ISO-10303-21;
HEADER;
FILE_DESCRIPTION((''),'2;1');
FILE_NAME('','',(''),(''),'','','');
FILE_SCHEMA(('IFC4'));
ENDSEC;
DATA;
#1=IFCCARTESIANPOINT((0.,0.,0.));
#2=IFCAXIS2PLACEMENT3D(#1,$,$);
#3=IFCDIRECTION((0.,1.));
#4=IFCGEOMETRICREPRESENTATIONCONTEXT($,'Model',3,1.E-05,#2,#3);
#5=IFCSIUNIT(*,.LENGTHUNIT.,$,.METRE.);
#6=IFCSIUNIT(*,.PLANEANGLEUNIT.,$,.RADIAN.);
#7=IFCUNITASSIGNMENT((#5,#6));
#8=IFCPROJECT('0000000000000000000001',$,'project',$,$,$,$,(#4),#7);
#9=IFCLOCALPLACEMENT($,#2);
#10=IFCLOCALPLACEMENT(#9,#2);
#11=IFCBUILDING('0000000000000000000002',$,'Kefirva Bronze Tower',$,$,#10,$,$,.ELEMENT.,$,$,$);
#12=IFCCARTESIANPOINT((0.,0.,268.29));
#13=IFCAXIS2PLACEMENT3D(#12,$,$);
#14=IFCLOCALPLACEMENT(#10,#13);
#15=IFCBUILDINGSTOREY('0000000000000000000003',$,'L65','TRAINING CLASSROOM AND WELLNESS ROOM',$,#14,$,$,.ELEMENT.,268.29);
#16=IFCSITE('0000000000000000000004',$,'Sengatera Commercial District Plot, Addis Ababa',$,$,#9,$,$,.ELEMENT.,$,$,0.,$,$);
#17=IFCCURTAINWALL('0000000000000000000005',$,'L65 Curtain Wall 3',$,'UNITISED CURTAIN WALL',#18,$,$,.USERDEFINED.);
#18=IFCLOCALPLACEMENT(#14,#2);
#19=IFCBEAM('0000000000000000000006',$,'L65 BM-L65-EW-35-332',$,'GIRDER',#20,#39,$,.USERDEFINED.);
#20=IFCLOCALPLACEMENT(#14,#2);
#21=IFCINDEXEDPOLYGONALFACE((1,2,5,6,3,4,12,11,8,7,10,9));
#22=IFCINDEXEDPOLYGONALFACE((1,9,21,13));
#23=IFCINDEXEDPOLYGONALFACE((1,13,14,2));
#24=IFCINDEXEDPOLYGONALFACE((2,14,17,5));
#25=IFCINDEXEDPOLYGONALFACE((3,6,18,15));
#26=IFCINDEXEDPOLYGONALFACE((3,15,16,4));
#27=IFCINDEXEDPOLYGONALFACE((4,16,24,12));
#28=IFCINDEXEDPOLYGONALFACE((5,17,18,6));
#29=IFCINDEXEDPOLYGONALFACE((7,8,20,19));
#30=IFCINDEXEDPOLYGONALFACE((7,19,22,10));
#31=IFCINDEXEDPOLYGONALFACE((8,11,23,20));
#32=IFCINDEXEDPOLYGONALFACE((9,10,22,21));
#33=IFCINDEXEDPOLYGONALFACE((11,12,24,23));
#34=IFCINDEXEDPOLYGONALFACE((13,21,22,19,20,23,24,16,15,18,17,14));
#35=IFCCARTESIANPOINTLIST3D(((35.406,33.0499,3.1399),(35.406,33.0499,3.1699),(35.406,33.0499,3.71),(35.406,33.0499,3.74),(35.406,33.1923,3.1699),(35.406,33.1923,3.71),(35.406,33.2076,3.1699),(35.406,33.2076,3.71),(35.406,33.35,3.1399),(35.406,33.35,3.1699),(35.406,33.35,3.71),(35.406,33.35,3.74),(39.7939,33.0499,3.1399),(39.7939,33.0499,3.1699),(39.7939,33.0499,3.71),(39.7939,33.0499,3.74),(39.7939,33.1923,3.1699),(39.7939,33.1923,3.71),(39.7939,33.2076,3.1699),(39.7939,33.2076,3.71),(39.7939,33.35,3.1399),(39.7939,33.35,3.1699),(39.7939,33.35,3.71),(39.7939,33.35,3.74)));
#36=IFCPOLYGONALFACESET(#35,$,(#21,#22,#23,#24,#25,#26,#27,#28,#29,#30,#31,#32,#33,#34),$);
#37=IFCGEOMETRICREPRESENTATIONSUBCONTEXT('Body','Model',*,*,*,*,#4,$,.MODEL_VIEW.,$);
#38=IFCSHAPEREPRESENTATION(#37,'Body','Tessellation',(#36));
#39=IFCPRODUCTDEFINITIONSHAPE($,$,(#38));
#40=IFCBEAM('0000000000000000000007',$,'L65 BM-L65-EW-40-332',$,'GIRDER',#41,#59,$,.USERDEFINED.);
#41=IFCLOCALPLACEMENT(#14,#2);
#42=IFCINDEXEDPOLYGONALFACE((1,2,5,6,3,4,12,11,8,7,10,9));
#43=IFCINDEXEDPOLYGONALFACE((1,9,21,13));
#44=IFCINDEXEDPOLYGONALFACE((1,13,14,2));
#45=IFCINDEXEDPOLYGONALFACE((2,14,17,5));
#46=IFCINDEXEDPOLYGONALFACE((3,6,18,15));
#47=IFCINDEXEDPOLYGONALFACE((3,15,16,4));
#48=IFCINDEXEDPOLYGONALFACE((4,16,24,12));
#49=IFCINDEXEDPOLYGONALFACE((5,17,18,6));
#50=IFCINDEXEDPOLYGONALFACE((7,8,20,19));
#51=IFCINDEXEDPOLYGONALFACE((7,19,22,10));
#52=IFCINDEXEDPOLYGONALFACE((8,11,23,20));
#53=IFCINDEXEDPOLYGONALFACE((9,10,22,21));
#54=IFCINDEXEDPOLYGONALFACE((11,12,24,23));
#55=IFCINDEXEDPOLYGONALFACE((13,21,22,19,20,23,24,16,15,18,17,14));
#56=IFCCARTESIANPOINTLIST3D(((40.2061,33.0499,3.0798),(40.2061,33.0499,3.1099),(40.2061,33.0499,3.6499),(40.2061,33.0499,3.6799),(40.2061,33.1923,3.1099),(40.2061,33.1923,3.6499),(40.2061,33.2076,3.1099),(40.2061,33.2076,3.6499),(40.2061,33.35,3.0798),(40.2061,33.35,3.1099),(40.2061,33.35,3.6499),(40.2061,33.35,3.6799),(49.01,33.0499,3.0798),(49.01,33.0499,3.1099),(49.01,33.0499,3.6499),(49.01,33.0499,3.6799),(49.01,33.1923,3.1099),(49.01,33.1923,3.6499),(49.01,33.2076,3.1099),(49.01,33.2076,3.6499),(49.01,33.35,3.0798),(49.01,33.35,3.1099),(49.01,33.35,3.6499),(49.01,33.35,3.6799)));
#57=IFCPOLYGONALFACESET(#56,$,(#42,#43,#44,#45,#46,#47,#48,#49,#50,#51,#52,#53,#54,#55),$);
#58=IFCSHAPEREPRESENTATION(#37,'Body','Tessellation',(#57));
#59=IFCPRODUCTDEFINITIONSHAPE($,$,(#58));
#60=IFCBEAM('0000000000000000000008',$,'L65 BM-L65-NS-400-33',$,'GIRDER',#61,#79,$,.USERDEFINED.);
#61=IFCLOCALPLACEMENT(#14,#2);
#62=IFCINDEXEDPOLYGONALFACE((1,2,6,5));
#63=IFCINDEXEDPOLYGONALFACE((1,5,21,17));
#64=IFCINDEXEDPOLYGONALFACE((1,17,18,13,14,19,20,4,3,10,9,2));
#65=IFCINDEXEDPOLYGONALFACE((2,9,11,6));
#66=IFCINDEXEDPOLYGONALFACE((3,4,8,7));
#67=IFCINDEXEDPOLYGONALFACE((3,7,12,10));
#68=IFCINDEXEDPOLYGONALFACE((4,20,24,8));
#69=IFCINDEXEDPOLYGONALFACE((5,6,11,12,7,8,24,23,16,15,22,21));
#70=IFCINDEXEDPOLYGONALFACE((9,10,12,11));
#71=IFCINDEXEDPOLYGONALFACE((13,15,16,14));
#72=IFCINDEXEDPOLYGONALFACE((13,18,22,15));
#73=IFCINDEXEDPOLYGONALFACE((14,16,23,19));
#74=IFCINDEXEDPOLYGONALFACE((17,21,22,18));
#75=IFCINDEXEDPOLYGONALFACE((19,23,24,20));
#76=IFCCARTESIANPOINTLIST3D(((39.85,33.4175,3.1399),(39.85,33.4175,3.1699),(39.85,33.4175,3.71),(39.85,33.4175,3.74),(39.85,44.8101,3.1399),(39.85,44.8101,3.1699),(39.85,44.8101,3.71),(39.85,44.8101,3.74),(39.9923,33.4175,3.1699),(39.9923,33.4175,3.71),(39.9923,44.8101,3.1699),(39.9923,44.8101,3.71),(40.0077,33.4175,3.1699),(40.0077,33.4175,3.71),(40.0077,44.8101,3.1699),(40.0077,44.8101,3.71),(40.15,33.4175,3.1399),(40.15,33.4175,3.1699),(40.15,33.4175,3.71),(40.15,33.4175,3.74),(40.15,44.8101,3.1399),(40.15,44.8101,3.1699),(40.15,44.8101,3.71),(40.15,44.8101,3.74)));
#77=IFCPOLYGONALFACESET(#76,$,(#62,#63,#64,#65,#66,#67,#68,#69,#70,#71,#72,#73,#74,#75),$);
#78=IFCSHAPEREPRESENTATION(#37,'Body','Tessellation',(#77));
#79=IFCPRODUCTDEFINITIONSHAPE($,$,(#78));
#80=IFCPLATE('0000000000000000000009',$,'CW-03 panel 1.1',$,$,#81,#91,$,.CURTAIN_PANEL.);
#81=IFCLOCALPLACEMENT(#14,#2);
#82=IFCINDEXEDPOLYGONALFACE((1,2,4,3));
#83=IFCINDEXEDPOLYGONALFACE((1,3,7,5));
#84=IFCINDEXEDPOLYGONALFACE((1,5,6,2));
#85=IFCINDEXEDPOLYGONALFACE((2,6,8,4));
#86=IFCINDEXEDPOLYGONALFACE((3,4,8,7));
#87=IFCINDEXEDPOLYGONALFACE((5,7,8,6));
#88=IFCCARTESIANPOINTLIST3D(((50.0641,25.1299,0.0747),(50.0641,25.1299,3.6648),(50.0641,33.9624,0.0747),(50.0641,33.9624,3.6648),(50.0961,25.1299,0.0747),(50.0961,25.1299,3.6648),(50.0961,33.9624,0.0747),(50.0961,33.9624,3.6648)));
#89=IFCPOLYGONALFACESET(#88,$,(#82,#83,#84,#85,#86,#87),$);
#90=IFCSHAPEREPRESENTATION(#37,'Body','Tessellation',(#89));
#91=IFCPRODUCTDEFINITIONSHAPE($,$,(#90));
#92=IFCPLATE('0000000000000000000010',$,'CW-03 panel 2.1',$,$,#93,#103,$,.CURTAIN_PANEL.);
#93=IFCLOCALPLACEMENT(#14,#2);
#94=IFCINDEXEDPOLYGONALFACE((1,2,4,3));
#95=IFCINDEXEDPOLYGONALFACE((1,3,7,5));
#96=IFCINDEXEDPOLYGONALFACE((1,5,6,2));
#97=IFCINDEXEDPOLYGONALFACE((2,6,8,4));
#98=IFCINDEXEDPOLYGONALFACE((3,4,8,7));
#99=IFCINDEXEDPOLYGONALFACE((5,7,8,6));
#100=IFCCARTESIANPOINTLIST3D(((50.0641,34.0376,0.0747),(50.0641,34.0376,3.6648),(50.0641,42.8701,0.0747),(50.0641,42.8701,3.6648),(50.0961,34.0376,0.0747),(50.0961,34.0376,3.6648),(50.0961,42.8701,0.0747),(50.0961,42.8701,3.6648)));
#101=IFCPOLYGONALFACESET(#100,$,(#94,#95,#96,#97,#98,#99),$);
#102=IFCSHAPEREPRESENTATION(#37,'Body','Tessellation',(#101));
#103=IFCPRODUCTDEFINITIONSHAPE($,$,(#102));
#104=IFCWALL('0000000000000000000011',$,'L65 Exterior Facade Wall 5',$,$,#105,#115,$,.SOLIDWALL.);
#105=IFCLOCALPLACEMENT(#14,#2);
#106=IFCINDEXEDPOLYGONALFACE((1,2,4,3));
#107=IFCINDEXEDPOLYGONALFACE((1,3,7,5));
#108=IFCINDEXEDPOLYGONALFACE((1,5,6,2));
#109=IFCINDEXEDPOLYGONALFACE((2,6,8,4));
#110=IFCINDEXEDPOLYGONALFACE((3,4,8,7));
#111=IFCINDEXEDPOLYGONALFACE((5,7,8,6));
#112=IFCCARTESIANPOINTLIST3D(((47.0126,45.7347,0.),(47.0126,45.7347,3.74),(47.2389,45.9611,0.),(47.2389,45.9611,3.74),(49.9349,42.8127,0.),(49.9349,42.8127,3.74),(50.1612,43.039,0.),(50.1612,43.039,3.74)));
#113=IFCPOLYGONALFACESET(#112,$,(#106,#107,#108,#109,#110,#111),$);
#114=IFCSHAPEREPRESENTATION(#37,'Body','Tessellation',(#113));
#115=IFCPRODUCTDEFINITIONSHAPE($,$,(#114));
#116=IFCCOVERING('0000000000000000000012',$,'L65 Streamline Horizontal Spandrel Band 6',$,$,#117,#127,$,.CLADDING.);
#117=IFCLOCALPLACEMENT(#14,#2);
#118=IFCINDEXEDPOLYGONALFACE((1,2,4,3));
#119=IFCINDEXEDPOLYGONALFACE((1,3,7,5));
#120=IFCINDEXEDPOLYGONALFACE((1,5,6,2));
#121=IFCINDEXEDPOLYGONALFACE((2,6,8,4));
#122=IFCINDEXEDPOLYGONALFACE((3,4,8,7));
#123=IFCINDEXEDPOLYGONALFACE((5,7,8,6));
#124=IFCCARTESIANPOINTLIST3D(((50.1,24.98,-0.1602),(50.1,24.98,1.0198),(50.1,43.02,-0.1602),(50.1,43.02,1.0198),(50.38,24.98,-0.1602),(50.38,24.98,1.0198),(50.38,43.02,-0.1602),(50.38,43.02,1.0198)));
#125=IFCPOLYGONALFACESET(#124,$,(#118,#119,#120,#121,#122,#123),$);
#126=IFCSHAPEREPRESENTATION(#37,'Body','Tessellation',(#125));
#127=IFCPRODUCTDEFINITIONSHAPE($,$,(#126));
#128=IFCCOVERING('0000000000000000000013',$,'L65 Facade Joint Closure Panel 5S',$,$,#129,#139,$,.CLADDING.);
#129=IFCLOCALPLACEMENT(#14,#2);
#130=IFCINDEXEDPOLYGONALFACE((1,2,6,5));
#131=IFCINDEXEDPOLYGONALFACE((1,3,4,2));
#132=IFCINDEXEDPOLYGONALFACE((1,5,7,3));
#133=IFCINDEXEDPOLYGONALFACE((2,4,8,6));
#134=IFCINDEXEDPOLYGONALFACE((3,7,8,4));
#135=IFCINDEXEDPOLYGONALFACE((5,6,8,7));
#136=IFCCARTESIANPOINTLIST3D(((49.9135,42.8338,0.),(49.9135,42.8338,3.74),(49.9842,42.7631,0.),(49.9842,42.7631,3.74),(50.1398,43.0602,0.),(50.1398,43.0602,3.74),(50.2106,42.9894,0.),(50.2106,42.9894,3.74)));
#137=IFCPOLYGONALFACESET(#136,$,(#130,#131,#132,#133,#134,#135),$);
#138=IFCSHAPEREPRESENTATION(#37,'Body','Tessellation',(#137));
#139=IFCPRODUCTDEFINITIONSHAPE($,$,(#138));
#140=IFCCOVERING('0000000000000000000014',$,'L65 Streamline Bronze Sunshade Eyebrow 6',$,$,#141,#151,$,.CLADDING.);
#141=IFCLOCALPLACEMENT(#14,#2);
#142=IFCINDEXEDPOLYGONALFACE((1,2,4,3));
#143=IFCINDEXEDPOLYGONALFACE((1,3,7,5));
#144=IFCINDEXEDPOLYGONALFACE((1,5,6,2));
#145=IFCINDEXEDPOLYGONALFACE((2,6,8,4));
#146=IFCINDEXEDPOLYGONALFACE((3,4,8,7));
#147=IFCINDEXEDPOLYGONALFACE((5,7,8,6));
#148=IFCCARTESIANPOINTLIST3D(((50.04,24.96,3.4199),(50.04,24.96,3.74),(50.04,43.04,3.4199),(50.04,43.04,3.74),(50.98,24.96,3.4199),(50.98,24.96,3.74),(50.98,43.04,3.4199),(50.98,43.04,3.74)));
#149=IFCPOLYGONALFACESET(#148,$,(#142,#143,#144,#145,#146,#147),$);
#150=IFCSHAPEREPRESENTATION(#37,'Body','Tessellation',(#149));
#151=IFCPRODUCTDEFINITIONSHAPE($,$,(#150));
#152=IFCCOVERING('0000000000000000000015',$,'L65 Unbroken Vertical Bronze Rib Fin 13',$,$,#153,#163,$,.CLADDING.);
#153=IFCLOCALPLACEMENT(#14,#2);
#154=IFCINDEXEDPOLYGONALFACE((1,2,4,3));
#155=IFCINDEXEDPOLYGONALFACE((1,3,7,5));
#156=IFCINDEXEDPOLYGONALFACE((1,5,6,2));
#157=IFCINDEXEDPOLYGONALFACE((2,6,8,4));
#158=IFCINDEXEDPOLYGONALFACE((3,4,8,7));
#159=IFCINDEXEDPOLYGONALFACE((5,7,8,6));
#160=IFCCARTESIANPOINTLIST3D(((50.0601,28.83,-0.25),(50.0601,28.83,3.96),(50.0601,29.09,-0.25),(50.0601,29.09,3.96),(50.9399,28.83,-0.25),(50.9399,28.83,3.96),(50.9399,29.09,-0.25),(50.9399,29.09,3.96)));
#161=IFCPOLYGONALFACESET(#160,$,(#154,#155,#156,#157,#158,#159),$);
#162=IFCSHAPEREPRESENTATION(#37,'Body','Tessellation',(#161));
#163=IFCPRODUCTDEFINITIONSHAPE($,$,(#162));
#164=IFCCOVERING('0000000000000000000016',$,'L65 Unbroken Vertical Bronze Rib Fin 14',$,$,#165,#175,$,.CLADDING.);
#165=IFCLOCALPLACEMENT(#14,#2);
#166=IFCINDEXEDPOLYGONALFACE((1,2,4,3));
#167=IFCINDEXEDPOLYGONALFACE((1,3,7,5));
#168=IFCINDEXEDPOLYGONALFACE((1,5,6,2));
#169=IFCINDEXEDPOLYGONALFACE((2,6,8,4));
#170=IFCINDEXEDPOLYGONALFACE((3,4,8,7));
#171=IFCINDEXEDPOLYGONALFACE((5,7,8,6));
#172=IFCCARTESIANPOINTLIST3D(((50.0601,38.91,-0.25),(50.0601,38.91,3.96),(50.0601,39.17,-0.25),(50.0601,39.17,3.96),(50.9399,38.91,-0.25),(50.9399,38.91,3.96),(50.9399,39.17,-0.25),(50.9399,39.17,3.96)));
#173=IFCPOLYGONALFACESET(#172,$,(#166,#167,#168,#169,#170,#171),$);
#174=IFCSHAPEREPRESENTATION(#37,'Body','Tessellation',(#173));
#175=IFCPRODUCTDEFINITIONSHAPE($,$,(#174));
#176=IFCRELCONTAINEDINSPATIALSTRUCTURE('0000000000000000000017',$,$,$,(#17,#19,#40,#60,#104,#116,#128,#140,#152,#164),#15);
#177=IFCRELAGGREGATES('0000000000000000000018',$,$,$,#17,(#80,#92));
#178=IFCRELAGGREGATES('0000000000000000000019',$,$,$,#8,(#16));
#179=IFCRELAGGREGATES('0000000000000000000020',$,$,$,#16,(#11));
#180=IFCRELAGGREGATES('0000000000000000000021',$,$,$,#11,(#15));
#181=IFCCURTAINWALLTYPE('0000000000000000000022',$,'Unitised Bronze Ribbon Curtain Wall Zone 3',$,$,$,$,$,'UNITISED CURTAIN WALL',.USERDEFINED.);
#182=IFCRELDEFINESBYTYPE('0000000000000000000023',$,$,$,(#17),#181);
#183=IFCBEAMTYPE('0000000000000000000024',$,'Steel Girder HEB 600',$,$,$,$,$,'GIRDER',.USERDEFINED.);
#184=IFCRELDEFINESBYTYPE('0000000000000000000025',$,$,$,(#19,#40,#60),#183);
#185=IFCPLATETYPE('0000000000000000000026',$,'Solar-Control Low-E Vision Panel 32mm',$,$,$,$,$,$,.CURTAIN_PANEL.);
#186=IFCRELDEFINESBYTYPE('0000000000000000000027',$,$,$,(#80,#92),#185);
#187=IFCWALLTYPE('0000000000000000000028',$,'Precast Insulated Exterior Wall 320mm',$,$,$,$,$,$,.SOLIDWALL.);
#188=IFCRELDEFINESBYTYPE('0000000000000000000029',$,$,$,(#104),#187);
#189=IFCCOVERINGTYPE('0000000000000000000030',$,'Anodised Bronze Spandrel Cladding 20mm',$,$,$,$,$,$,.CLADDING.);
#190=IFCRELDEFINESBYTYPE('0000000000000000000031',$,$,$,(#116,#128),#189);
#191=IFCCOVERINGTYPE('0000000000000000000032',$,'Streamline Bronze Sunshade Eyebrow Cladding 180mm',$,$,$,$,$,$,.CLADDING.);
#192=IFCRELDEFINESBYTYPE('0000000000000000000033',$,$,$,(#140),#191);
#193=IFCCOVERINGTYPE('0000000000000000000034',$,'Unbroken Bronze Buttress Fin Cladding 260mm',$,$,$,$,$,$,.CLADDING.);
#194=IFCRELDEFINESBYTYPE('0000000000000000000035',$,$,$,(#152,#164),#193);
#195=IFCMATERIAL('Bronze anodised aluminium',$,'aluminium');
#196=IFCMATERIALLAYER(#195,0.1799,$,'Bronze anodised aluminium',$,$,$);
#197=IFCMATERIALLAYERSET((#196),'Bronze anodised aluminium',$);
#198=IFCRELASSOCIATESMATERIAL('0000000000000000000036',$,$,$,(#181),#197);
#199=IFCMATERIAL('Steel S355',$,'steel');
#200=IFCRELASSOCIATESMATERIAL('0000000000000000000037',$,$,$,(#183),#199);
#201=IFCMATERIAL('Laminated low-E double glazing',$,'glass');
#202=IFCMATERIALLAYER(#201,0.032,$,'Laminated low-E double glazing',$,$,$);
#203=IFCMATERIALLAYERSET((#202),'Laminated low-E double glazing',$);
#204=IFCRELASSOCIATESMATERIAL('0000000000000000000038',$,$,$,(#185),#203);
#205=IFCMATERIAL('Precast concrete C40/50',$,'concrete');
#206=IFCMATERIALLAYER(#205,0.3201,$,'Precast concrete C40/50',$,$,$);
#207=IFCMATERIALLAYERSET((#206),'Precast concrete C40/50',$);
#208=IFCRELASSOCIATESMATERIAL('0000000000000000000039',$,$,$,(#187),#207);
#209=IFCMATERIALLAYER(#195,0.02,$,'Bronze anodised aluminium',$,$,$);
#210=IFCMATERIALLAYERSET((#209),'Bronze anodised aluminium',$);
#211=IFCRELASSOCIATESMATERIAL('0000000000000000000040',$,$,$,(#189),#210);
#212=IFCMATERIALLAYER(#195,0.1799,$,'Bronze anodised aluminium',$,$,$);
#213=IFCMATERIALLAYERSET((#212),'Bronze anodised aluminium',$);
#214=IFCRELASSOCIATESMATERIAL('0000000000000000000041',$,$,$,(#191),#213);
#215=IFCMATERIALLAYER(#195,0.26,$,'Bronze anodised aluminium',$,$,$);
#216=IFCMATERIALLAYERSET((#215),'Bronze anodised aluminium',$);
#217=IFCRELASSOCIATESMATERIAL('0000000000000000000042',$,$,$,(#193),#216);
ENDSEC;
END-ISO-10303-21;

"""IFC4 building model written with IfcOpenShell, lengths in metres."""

from ifc_helpers import new_model, si_unit, direction, frame, frame_2d, origin, origin_2d, place, context, subcontext, project, spatial, rectangle, i_section, extrude, material, layer, layer_set, material_profile, profile_set, type_object, element, aggregate, save


model = new_model("IFC4")

# Units and contexts
model_context = context("Model", 3, precision=1e-05, world=origin(), true_north=direction((0.0, 1.0)))
body_context = subcontext(model_context, "Body", "Model", "MODEL_VIEW")
ifc_project = project(units=[si_unit("LENGTHUNIT", "METRE"), si_unit("PLANEANGLEUNIT", "RADIAN")], contexts=[model_context])

# Site, building, storey
site_placement = place(None, origin())
site = spatial("IfcSite", under=ifc_project, at=site_placement, Name="Sengatera Commercial District Plot, Addis Ababa", CompositionType="ELEMENT", RefElevation=0.0)
building_placement = place(site_placement, origin())
building = spatial("IfcBuilding", under=site, at=building_placement, Name="Kefirva Bronze Tower", CompositionType="ELEMENT")
storey_placement = place(building_placement, frame((0.0, 0.0, 268.29)))
storey = spatial("IfcBuildingStorey", under=building, at=storey_placement, Name="L65", Description="TRAINING CLASSROOM AND WELLNESS ROOM", CompositionType="ELEMENT", Elevation=268.29)

# Curtain wall
ifc_material_1 = material(Name="Bronze anodised aluminium", Category="aluminium")
ifc_layer_1 = layer(ifc_material_1, 0.1799, Name="Bronze anodised aluminium")
ifc_layer_set_1 = layer_set([ifc_layer_1], Name="Bronze anodised aluminium")
curtain_wall_type = type_object("IfcCurtainWallType", Name="Unitised Bronze Ribbon Curtain Wall Zone 3", ElementType="UNITISED CURTAIN WALL", PredefinedType="USERDEFINED", material=ifc_layer_set_1)
curtain_wall_placement = place(storey_placement, origin())
curtain_wall = element("IfcCurtainWall", 1, at=curtain_wall_placement, inside=storey, type_object=curtain_wall_type, Name="L65 Curtain Wall 3", ObjectType="UNITISED CURTAIN WALL", PredefinedType="USERDEFINED")

# Beams
ifc_material_2 = material(Name="Steel S355", Category="steel")
ifc_material_profile_1 = material_profile(ifc_material_2, i_section(OverallWidth=0.3, OverallDepth=0.6001, WebThickness=0.0154, FlangeThickness=0.03, at=origin_2d()), Name="HEB 600")
ifc_profile_set_1 = profile_set([ifc_material_profile_1], Name="Steel S355")
beam_type_1 = type_object("IfcBeamType", Name="Steel Girder HEB 600", ElementType="GIRDER", PredefinedType="USERDEFINED", material=ifc_profile_set_1)
beam_1_placement = place(storey_placement, frame((35.406, 33.2, 3.4399), z_axis=(1.0, 0.0, 0.0), x_axis=(0.0, 1.0, 0.0)))
element("IfcBeam", 2, at=beam_1_placement, inside=storey, type_object=beam_type_1, Name="L65 BM-L65-EW-35-332", ObjectType="GIRDER", PredefinedType="USERDEFINED", context=body_context, shape_type="SweptSolid", body=[
    extrude(i_section(OverallWidth=0.3, OverallDepth=0.6001, WebThickness=0.0154, FlangeThickness=0.03, at=origin_2d()), origin(), (0.0, 0.0, 1.0), 4.3879),
])
beam_2_placement = place(storey_placement, frame((40.2061, 33.2, 3.3799), z_axis=(1.0, 0.0, 0.0), x_axis=(0.0, 1.0, 0.0)))
element("IfcBeam", 3, at=beam_2_placement, inside=storey, type_object=beam_type_1, Name="L65 BM-L65-EW-40-332", ObjectType="GIRDER", PredefinedType="USERDEFINED", context=body_context, shape_type="SweptSolid", body=[
    extrude(i_section(OverallWidth=0.3, OverallDepth=0.6001, WebThickness=0.0154, FlangeThickness=0.03, at=origin_2d()), origin(), (0.0, 0.0, 1.0), 8.804),
])
beam_3_placement = place(storey_placement, frame((40.0, 33.4175, 3.4399), z_axis=(0.0, 1.0, 0.0), x_axis=(-1.0, 0.0, 0.0)))
element("IfcBeam", 4, at=beam_3_placement, inside=storey, type_object=beam_type_1, Name="L65 BM-L65-NS-400-33", ObjectType="GIRDER", PredefinedType="USERDEFINED", context=body_context, shape_type="SweptSolid", body=[
    extrude(i_section(OverallWidth=0.3, OverallDepth=0.6001, WebThickness=0.0154, FlangeThickness=0.03, at=origin_2d()), origin(), (0.0, 0.0, 1.0), 11.3926),
])

# Plates
ifc_material_3 = material(Name="Laminated low-E double glazing", Category="glass")
ifc_layer_2 = layer(ifc_material_3, 0.032, Name="Laminated low-E double glazing")
ifc_layer_set_2 = layer_set([ifc_layer_2], Name="Laminated low-E double glazing")
plate_type = type_object("IfcPlateType", Name="Solar-Control Low-E Vision Panel 32mm", PredefinedType="CURTAIN_PANEL", material=ifc_layer_set_2)
plate_1_placement = place(storey_placement, frame((50.0801, 29.5461, 0.0747), z_axis=(0.0, 0.0, 1.0), x_axis=(0.0, 1.0, 0.0)))
plate_1 = element("IfcPlate", 5, at=plate_1_placement, type_object=plate_type, Name="CW-03 panel 1.1", PredefinedType="CURTAIN_PANEL", context=body_context, shape_type="SweptSolid", body=[
    extrude(rectangle(XDim=8.8325, YDim=0.032, at=origin_2d()), origin(), (0.0, 0.0, 1.0), 3.5901),
])
plate_2_placement = place(storey_placement, frame((50.0801, 38.4539, 0.0747), z_axis=(0.0, 0.0, 1.0), x_axis=(0.0, 1.0, 0.0)))
plate_2 = element("IfcPlate", 6, at=plate_2_placement, type_object=plate_type, Name="CW-03 panel 2.1", PredefinedType="CURTAIN_PANEL", context=body_context, shape_type="SweptSolid", body=[
    extrude(rectangle(XDim=8.8325, YDim=0.032, at=origin_2d()), origin(), (0.0, 0.0, 1.0), 3.5901),
])
aggregate(curtain_wall, [plate_1, plate_2])

# Wall
ifc_material_4 = material(Name="Precast concrete C40/50", Category="concrete")
ifc_layer_3 = layer(ifc_material_4, 0.3201, Name="Precast concrete C40/50")
ifc_layer_set_3 = layer_set([ifc_layer_3], Name="Precast concrete C40/50")
wall_type = type_object("IfcWallType", Name="Precast Insulated Exterior Wall 320mm", PredefinedType="SOLIDWALL", material=ifc_layer_set_3)
wall_placement = place(storey_placement, frame((50.0481, 42.9258, 0.0), z_axis=(0.0, 0.0, 1.0), x_axis=(-0.707136, 0.707077, 0.0)))
element("IfcWall", 7, at=wall_placement, inside=storey, type_object=wall_type, Name="L65 Exterior Facade Wall 5", PredefinedType="SOLIDWALL", context=body_context, shape_type="SweptSolid", body=[
    extrude(rectangle(XDim=4.1326, YDim=0.3201, at=frame_2d((2.0664, 0.0))), origin(), (0.0, 0.0, 1.0), 3.74),
])

# Coverings
ifc_layer_4 = layer(ifc_material_1, 0.02, Name="Bronze anodised aluminium")
ifc_layer_set_4 = layer_set([ifc_layer_4], Name="Bronze anodised aluminium")
covering_type_1 = type_object("IfcCoveringType", Name="Anodised Bronze Spandrel Cladding 20mm", PredefinedType="CLADDING", material=ifc_layer_set_4)
covering_1_placement = place(storey_placement, frame((50.24, 34.0, -0.1602), z_axis=(0.0, 0.0, 1.0), x_axis=(0.0, 1.0, 0.0)))
element("IfcCovering", 8, at=covering_1_placement, inside=storey, type_object=covering_type_1, Name="L65 Streamline Horizontal Spandrel Band 6", PredefinedType="CLADDING", context=body_context, shape_type="SweptSolid", body=[
    extrude(rectangle(XDim=18.04, YDim=0.28, at=origin_2d()), origin(), (0.0, 0.0, 1.0), 1.1799),
])
covering_2_placement = place(storey_placement, frame((50.062, 42.9116, 0.0), z_axis=(0.0, 0.0, 1.0), x_axis=(-0.707107, 0.707107, 0.0)))
element("IfcCovering", 9, at=covering_2_placement, inside=storey, type_object=covering_type_1, Name="L65 Facade Joint Closure Panel 5S", PredefinedType="CLADDING", context=body_context, shape_type="SweptSolid", body=[
    extrude(rectangle(XDim=0.1001, YDim=0.3201, at=origin_2d()), origin(), (0.0, 0.0, 1.0), 3.74),
])
ifc_layer_5 = layer(ifc_material_1, 0.1799, Name="Bronze anodised aluminium")
ifc_layer_set_5 = layer_set([ifc_layer_5], Name="Bronze anodised aluminium")
covering_type_2 = type_object("IfcCoveringType", Name="Streamline Bronze Sunshade Eyebrow Cladding 180mm", PredefinedType="CLADDING", material=ifc_layer_set_5)
covering_3_placement = place(storey_placement, frame((50.51, 34.0, 3.4199), z_axis=(0.0, 0.0, 1.0), x_axis=(0.0, 1.0, 0.0)))
element("IfcCovering", 10, at=covering_3_placement, inside=storey, type_object=covering_type_2, Name="L65 Streamline Bronze Sunshade Eyebrow 6", PredefinedType="CLADDING", context=body_context, shape_type="SweptSolid", body=[
    extrude(rectangle(XDim=18.0801, YDim=0.9399, at=origin_2d()), origin(), (0.0, 0.0, 1.0), 0.3201),
])
ifc_layer_6 = layer(ifc_material_1, 0.26, Name="Bronze anodised aluminium")
ifc_layer_set_6 = layer_set([ifc_layer_6], Name="Bronze anodised aluminium")
covering_type_3 = type_object("IfcCoveringType", Name="Unbroken Bronze Buttress Fin Cladding 260mm", PredefinedType="CLADDING", material=ifc_layer_set_6)
for number, where, z_axis, x_axis, name in (
    (11, (50.5, 28.96, -0.25), (0.0, 0.0, 1.0), (0.0, 1.0, 0.0), "L65 Unbroken Vertical Bronze Rib Fin 13"),
    (12, (50.5, 39.04, -0.25), (0.0, 0.0, 1.0), (0.0, 1.0, 0.0), "L65 Unbroken Vertical Bronze Rib Fin 14"),
):
    element("IfcCovering", number, at=place(storey_placement, frame(where, z_axis=z_axis, x_axis=x_axis)), inside=storey, type_object=covering_type_3, Name=name, PredefinedType="CLADDING", context=body_context, shape_type="SweptSolid", body=[
        extrude(rectangle(XDim=0.26, YDim=0.8799, at=origin_2d()), origin(), (0.0, 0.0, 1.0), 4.21),
    ])

save(model, "model.ifc")
